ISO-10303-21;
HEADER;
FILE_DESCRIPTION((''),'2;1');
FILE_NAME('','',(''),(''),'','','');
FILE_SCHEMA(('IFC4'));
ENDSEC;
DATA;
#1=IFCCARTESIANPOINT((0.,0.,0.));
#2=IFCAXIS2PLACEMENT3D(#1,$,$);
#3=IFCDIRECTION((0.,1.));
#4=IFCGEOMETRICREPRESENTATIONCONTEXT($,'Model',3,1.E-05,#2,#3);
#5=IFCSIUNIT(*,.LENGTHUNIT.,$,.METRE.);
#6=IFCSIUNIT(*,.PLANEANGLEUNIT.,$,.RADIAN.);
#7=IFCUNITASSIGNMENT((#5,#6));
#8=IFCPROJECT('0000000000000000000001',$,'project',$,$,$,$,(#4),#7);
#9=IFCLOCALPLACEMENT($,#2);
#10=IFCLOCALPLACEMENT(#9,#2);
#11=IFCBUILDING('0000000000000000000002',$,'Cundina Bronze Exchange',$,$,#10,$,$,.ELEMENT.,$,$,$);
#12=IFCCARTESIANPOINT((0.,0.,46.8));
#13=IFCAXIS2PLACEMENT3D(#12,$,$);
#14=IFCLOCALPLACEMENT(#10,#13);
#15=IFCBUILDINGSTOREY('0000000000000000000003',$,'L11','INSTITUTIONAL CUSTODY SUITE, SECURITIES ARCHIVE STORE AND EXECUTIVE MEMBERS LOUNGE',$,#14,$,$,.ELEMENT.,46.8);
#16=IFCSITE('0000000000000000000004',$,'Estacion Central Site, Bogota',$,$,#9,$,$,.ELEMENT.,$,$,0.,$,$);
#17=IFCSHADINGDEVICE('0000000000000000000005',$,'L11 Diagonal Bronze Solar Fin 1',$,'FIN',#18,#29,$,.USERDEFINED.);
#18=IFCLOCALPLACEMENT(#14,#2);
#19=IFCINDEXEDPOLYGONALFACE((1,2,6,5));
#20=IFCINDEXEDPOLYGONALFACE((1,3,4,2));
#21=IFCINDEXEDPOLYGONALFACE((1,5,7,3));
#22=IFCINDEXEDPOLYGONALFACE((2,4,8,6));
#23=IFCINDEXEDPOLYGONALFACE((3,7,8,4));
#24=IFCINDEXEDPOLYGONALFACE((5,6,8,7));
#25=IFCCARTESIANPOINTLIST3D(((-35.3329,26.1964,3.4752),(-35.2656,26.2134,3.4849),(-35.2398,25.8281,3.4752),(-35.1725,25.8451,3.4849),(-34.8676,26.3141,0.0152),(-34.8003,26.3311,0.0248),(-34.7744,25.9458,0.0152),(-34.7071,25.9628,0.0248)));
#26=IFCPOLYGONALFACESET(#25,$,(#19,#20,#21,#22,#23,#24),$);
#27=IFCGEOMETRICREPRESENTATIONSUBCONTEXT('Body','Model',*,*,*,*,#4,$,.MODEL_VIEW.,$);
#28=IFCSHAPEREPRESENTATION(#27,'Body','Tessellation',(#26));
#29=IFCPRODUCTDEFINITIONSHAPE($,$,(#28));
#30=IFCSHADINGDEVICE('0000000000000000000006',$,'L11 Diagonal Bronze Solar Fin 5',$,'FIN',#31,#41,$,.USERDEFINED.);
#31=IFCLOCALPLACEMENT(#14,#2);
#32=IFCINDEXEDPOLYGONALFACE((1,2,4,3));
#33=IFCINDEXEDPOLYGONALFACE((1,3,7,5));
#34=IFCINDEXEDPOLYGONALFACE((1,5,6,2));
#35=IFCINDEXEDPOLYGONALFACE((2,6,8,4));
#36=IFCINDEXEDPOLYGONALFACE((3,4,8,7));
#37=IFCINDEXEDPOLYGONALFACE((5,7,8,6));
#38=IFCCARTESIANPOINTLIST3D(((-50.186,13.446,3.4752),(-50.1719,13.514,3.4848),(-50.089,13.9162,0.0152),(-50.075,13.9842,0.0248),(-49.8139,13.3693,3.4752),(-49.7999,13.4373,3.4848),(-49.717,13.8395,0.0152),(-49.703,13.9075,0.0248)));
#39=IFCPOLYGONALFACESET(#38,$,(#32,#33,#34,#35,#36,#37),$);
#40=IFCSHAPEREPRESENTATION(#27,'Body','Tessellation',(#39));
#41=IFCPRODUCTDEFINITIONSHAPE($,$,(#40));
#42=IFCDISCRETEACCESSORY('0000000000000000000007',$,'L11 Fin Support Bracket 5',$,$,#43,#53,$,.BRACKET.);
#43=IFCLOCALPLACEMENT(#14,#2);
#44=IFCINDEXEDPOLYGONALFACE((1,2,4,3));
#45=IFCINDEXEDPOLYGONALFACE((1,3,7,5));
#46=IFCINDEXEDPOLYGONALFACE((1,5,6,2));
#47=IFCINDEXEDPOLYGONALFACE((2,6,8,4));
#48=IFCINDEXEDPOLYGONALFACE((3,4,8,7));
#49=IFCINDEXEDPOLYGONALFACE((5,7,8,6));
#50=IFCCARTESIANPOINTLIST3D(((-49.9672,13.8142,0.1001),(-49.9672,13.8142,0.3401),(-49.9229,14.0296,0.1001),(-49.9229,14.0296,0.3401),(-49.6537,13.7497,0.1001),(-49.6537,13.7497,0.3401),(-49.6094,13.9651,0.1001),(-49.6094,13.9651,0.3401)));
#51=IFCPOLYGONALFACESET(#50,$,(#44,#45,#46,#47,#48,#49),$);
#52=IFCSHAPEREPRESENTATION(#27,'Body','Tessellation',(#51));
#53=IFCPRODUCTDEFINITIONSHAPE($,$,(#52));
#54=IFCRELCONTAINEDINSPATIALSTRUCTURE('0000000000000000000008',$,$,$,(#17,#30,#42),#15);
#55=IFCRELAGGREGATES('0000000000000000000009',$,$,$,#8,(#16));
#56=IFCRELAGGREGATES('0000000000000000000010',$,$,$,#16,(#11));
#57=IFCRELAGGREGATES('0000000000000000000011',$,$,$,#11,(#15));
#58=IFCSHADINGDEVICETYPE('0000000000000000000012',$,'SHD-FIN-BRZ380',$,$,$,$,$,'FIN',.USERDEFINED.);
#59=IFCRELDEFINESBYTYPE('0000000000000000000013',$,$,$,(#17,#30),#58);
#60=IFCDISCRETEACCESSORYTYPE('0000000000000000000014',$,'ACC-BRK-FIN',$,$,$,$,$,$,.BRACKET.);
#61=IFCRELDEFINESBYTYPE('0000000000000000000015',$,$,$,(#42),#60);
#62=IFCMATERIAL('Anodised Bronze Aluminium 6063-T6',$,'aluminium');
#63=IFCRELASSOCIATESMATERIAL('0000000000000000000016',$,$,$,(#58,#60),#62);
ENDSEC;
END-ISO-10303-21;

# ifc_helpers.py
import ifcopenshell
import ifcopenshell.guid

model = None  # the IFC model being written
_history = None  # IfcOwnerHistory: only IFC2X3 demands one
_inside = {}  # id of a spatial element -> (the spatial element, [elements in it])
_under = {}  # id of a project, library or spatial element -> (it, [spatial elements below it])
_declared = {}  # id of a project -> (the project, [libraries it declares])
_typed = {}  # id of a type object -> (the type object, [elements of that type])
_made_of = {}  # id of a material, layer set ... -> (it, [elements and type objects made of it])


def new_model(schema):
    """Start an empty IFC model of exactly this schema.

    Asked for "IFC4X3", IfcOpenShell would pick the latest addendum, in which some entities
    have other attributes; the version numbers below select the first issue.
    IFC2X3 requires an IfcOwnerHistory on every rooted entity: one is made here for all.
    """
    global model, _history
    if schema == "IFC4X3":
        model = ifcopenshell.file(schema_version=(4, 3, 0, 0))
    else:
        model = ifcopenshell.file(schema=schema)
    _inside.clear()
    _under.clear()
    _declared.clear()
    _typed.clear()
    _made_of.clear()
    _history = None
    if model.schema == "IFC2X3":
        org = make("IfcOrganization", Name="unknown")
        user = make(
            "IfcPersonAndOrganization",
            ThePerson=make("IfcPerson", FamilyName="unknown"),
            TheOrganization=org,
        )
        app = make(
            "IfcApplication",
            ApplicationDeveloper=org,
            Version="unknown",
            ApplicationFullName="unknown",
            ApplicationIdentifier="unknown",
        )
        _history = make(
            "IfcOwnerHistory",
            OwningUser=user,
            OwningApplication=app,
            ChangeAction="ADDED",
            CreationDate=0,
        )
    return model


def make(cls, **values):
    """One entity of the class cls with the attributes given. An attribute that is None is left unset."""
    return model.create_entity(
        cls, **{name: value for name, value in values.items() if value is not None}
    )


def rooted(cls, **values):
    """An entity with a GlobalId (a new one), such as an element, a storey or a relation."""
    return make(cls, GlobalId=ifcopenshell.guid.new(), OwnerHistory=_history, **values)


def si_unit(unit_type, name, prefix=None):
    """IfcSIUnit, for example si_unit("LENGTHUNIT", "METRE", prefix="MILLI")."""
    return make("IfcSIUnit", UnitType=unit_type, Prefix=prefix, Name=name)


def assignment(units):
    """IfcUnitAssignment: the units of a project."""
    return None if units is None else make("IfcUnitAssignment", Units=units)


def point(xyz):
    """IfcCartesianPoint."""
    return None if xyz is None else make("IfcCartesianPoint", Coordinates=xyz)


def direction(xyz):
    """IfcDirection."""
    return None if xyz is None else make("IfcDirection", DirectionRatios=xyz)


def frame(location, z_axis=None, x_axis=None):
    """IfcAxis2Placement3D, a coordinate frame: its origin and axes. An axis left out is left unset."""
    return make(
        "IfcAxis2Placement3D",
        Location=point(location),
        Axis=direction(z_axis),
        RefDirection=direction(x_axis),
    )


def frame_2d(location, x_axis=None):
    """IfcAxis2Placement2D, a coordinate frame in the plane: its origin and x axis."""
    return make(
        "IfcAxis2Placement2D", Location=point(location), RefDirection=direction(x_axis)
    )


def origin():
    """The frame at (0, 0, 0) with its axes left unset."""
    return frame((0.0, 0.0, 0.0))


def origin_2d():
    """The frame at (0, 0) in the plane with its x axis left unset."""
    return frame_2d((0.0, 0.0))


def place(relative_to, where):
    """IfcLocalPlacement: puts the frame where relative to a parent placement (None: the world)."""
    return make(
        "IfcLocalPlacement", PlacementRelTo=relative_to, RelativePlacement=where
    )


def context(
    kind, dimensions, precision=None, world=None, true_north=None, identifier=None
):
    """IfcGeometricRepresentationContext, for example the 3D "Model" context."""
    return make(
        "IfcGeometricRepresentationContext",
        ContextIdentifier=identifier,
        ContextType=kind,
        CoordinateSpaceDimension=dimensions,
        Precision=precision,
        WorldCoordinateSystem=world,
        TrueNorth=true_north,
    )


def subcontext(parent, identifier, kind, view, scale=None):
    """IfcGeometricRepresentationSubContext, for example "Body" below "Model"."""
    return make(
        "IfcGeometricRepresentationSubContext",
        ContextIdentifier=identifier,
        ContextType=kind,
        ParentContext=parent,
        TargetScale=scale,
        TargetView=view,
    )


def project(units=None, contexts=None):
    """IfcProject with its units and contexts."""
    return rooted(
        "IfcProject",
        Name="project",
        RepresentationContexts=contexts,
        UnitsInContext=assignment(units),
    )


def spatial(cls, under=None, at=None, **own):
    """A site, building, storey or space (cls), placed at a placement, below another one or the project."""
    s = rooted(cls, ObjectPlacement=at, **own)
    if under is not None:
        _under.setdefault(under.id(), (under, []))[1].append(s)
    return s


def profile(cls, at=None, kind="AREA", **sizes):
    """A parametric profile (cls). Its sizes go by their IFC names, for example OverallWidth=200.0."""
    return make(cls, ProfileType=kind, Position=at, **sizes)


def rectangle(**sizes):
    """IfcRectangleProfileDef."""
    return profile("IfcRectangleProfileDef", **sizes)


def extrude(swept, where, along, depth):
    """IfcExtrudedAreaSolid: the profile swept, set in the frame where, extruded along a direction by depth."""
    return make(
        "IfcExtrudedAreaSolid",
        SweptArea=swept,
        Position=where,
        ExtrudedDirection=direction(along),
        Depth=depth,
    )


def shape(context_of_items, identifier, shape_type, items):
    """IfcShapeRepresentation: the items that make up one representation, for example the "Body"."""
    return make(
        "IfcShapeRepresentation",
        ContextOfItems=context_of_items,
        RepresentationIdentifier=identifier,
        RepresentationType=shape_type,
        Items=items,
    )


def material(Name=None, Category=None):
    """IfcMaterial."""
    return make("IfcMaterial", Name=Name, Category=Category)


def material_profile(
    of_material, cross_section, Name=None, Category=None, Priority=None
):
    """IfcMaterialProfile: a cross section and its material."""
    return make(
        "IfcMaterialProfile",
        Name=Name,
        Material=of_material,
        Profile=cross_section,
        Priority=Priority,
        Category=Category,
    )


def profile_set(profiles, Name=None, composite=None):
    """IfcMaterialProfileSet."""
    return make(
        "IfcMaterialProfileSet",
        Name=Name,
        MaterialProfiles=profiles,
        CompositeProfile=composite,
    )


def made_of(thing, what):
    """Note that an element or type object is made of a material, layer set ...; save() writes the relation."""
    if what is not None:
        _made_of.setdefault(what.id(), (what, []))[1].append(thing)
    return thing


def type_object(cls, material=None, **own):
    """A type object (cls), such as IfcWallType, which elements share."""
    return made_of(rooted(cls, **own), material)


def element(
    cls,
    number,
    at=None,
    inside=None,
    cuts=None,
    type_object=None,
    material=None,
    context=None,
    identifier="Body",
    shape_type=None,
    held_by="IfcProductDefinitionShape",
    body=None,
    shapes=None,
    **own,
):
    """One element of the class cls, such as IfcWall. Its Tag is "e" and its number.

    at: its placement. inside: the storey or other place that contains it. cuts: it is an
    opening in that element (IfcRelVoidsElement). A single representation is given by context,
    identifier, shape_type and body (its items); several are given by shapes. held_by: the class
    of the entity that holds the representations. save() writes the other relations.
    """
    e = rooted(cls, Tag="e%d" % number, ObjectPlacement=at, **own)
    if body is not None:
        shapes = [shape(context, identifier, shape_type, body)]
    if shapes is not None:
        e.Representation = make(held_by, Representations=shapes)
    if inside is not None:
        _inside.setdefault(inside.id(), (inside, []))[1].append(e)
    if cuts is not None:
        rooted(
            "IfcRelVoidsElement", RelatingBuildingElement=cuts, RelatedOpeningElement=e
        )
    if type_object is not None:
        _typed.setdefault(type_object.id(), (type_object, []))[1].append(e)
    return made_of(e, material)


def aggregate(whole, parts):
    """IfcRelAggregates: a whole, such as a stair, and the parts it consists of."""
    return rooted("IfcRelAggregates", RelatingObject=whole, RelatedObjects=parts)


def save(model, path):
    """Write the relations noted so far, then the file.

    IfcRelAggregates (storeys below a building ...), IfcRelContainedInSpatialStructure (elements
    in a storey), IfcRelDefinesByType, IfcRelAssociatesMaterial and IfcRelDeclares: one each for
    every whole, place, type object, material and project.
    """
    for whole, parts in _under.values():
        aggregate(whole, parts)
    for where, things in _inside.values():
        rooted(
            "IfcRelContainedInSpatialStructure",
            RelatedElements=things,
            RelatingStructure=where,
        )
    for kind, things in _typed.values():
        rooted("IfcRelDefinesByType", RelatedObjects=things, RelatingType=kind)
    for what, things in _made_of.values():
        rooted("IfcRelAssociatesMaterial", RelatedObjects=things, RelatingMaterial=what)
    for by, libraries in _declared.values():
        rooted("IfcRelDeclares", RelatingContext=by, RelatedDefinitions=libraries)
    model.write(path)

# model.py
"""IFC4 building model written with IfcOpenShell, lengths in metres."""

from ifc_helpers import new_model, si_unit, direction, frame, origin, origin_2d, place, context, subcontext, project, spatial, rectangle, extrude, material, material_profile, profile_set, type_object, element, save


model = new_model("IFC4")

# Units and contexts
model_context = context("Model", 3, precision=1e-05, world=origin(), true_north=direction((0.0, 1.0)))
body_context = subcontext(model_context, "Body", "Model", "MODEL_VIEW")
ifc_project = project(units=[si_unit("LENGTHUNIT", "METRE"), si_unit("PLANEANGLEUNIT", "RADIAN")], contexts=[model_context])

# Site, building, storey
site_placement = place(None, origin())
site = spatial("IfcSite", under=ifc_project, at=site_placement, Name="Estacion Central Site, Bogota", CompositionType="ELEMENT", RefElevation=0.0)
building_placement = place(site_placement, origin())
building = spatial("IfcBuilding", under=site, at=building_placement, Name="Cundina Bronze Exchange", CompositionType="ELEMENT")
storey_placement = place(building_placement, frame((0.0, 0.0, 46.8)))
storey = spatial("IfcBuildingStorey", under=building, at=storey_placement, Name="L11", Description="INSTITUTIONAL CUSTODY SUITE, SECURITIES ARCHIVE STORE AND EXECUTIVE MEMBERS LOUNGE", CompositionType="ELEMENT", Elevation=46.8)

# Shared definitions
ifc_material_1 = material(Name="Anodised Bronze Aluminium 6063-T6", Category="aluminium")

# Shading devices
ifc_material_profile_1 = material_profile(ifc_material_1, rectangle(XDim=0.0701, YDim=0.3799, at=origin_2d()), Name="FIN70X380", Category="aluminium")
ifc_profile_set_1 = profile_set([ifc_material_profile_1], Name="Anodised Bronze Aluminium 6063-T6")
shading_device_type = type_object("IfcShadingDeviceType", Name="SHD-FIN-BRZ380", ElementType="FIN", PredefinedType="USERDEFINED", material=ifc_profile_set_1)
for number, where, z_axis, x_axis, name in (
    (1, (-34.7874, 26.1384, 0.02), (-0.133215, -0.033688, 0.990514), (0.960285, 0.242842, 0.137408), "L11 Diagonal Bronze Solar Fin 1"),
    (2, (-49.896, 13.9119, 0.02), (-0.027747, -0.134612, 0.99051), (0.199967, 0.970115, 0.137442), "L11 Diagonal Bronze Solar Fin 5"),
):
    element("IfcShadingDevice", number, at=place(storey_placement, frame(where, z_axis=z_axis, x_axis=x_axis)), inside=storey, type_object=shading_device_type, Name=name, ObjectType="FIN", PredefinedType="USERDEFINED", context=body_context, shape_type="SweptSolid", body=[
        extrude(rectangle(XDim=0.0701, YDim=0.3799, at=origin_2d()), origin(), (0.0, 0.0, 1.0), 3.4932),
    ])

# Discrete accessory
discrete_accessory_type = type_object("IfcDiscreteAccessoryType", Name="ACC-BRK-FIN", PredefinedType="BRACKET", material=ifc_material_1)
discrete_accessory_placement = place(storey_placement, frame((-49.7883, 13.8896, 0.1001), z_axis=(0.0, 0.0, 1.0), x_axis=(-0.20142, -0.979505, 0.0)))
element("IfcDiscreteAccessory", 3, at=discrete_accessory_placement, inside=storey, type_object=discrete_accessory_type, Name="L11 Fin Support Bracket 5", PredefinedType="BRACKET", context=body_context, shape_type="SweptSolid", body=[
    extrude(rectangle(XDim=0.22, YDim=0.3201, at=origin_2d()), origin(), (0.0, 0.0, 1.0), 0.24),
])

save(model, "model.ifc")
